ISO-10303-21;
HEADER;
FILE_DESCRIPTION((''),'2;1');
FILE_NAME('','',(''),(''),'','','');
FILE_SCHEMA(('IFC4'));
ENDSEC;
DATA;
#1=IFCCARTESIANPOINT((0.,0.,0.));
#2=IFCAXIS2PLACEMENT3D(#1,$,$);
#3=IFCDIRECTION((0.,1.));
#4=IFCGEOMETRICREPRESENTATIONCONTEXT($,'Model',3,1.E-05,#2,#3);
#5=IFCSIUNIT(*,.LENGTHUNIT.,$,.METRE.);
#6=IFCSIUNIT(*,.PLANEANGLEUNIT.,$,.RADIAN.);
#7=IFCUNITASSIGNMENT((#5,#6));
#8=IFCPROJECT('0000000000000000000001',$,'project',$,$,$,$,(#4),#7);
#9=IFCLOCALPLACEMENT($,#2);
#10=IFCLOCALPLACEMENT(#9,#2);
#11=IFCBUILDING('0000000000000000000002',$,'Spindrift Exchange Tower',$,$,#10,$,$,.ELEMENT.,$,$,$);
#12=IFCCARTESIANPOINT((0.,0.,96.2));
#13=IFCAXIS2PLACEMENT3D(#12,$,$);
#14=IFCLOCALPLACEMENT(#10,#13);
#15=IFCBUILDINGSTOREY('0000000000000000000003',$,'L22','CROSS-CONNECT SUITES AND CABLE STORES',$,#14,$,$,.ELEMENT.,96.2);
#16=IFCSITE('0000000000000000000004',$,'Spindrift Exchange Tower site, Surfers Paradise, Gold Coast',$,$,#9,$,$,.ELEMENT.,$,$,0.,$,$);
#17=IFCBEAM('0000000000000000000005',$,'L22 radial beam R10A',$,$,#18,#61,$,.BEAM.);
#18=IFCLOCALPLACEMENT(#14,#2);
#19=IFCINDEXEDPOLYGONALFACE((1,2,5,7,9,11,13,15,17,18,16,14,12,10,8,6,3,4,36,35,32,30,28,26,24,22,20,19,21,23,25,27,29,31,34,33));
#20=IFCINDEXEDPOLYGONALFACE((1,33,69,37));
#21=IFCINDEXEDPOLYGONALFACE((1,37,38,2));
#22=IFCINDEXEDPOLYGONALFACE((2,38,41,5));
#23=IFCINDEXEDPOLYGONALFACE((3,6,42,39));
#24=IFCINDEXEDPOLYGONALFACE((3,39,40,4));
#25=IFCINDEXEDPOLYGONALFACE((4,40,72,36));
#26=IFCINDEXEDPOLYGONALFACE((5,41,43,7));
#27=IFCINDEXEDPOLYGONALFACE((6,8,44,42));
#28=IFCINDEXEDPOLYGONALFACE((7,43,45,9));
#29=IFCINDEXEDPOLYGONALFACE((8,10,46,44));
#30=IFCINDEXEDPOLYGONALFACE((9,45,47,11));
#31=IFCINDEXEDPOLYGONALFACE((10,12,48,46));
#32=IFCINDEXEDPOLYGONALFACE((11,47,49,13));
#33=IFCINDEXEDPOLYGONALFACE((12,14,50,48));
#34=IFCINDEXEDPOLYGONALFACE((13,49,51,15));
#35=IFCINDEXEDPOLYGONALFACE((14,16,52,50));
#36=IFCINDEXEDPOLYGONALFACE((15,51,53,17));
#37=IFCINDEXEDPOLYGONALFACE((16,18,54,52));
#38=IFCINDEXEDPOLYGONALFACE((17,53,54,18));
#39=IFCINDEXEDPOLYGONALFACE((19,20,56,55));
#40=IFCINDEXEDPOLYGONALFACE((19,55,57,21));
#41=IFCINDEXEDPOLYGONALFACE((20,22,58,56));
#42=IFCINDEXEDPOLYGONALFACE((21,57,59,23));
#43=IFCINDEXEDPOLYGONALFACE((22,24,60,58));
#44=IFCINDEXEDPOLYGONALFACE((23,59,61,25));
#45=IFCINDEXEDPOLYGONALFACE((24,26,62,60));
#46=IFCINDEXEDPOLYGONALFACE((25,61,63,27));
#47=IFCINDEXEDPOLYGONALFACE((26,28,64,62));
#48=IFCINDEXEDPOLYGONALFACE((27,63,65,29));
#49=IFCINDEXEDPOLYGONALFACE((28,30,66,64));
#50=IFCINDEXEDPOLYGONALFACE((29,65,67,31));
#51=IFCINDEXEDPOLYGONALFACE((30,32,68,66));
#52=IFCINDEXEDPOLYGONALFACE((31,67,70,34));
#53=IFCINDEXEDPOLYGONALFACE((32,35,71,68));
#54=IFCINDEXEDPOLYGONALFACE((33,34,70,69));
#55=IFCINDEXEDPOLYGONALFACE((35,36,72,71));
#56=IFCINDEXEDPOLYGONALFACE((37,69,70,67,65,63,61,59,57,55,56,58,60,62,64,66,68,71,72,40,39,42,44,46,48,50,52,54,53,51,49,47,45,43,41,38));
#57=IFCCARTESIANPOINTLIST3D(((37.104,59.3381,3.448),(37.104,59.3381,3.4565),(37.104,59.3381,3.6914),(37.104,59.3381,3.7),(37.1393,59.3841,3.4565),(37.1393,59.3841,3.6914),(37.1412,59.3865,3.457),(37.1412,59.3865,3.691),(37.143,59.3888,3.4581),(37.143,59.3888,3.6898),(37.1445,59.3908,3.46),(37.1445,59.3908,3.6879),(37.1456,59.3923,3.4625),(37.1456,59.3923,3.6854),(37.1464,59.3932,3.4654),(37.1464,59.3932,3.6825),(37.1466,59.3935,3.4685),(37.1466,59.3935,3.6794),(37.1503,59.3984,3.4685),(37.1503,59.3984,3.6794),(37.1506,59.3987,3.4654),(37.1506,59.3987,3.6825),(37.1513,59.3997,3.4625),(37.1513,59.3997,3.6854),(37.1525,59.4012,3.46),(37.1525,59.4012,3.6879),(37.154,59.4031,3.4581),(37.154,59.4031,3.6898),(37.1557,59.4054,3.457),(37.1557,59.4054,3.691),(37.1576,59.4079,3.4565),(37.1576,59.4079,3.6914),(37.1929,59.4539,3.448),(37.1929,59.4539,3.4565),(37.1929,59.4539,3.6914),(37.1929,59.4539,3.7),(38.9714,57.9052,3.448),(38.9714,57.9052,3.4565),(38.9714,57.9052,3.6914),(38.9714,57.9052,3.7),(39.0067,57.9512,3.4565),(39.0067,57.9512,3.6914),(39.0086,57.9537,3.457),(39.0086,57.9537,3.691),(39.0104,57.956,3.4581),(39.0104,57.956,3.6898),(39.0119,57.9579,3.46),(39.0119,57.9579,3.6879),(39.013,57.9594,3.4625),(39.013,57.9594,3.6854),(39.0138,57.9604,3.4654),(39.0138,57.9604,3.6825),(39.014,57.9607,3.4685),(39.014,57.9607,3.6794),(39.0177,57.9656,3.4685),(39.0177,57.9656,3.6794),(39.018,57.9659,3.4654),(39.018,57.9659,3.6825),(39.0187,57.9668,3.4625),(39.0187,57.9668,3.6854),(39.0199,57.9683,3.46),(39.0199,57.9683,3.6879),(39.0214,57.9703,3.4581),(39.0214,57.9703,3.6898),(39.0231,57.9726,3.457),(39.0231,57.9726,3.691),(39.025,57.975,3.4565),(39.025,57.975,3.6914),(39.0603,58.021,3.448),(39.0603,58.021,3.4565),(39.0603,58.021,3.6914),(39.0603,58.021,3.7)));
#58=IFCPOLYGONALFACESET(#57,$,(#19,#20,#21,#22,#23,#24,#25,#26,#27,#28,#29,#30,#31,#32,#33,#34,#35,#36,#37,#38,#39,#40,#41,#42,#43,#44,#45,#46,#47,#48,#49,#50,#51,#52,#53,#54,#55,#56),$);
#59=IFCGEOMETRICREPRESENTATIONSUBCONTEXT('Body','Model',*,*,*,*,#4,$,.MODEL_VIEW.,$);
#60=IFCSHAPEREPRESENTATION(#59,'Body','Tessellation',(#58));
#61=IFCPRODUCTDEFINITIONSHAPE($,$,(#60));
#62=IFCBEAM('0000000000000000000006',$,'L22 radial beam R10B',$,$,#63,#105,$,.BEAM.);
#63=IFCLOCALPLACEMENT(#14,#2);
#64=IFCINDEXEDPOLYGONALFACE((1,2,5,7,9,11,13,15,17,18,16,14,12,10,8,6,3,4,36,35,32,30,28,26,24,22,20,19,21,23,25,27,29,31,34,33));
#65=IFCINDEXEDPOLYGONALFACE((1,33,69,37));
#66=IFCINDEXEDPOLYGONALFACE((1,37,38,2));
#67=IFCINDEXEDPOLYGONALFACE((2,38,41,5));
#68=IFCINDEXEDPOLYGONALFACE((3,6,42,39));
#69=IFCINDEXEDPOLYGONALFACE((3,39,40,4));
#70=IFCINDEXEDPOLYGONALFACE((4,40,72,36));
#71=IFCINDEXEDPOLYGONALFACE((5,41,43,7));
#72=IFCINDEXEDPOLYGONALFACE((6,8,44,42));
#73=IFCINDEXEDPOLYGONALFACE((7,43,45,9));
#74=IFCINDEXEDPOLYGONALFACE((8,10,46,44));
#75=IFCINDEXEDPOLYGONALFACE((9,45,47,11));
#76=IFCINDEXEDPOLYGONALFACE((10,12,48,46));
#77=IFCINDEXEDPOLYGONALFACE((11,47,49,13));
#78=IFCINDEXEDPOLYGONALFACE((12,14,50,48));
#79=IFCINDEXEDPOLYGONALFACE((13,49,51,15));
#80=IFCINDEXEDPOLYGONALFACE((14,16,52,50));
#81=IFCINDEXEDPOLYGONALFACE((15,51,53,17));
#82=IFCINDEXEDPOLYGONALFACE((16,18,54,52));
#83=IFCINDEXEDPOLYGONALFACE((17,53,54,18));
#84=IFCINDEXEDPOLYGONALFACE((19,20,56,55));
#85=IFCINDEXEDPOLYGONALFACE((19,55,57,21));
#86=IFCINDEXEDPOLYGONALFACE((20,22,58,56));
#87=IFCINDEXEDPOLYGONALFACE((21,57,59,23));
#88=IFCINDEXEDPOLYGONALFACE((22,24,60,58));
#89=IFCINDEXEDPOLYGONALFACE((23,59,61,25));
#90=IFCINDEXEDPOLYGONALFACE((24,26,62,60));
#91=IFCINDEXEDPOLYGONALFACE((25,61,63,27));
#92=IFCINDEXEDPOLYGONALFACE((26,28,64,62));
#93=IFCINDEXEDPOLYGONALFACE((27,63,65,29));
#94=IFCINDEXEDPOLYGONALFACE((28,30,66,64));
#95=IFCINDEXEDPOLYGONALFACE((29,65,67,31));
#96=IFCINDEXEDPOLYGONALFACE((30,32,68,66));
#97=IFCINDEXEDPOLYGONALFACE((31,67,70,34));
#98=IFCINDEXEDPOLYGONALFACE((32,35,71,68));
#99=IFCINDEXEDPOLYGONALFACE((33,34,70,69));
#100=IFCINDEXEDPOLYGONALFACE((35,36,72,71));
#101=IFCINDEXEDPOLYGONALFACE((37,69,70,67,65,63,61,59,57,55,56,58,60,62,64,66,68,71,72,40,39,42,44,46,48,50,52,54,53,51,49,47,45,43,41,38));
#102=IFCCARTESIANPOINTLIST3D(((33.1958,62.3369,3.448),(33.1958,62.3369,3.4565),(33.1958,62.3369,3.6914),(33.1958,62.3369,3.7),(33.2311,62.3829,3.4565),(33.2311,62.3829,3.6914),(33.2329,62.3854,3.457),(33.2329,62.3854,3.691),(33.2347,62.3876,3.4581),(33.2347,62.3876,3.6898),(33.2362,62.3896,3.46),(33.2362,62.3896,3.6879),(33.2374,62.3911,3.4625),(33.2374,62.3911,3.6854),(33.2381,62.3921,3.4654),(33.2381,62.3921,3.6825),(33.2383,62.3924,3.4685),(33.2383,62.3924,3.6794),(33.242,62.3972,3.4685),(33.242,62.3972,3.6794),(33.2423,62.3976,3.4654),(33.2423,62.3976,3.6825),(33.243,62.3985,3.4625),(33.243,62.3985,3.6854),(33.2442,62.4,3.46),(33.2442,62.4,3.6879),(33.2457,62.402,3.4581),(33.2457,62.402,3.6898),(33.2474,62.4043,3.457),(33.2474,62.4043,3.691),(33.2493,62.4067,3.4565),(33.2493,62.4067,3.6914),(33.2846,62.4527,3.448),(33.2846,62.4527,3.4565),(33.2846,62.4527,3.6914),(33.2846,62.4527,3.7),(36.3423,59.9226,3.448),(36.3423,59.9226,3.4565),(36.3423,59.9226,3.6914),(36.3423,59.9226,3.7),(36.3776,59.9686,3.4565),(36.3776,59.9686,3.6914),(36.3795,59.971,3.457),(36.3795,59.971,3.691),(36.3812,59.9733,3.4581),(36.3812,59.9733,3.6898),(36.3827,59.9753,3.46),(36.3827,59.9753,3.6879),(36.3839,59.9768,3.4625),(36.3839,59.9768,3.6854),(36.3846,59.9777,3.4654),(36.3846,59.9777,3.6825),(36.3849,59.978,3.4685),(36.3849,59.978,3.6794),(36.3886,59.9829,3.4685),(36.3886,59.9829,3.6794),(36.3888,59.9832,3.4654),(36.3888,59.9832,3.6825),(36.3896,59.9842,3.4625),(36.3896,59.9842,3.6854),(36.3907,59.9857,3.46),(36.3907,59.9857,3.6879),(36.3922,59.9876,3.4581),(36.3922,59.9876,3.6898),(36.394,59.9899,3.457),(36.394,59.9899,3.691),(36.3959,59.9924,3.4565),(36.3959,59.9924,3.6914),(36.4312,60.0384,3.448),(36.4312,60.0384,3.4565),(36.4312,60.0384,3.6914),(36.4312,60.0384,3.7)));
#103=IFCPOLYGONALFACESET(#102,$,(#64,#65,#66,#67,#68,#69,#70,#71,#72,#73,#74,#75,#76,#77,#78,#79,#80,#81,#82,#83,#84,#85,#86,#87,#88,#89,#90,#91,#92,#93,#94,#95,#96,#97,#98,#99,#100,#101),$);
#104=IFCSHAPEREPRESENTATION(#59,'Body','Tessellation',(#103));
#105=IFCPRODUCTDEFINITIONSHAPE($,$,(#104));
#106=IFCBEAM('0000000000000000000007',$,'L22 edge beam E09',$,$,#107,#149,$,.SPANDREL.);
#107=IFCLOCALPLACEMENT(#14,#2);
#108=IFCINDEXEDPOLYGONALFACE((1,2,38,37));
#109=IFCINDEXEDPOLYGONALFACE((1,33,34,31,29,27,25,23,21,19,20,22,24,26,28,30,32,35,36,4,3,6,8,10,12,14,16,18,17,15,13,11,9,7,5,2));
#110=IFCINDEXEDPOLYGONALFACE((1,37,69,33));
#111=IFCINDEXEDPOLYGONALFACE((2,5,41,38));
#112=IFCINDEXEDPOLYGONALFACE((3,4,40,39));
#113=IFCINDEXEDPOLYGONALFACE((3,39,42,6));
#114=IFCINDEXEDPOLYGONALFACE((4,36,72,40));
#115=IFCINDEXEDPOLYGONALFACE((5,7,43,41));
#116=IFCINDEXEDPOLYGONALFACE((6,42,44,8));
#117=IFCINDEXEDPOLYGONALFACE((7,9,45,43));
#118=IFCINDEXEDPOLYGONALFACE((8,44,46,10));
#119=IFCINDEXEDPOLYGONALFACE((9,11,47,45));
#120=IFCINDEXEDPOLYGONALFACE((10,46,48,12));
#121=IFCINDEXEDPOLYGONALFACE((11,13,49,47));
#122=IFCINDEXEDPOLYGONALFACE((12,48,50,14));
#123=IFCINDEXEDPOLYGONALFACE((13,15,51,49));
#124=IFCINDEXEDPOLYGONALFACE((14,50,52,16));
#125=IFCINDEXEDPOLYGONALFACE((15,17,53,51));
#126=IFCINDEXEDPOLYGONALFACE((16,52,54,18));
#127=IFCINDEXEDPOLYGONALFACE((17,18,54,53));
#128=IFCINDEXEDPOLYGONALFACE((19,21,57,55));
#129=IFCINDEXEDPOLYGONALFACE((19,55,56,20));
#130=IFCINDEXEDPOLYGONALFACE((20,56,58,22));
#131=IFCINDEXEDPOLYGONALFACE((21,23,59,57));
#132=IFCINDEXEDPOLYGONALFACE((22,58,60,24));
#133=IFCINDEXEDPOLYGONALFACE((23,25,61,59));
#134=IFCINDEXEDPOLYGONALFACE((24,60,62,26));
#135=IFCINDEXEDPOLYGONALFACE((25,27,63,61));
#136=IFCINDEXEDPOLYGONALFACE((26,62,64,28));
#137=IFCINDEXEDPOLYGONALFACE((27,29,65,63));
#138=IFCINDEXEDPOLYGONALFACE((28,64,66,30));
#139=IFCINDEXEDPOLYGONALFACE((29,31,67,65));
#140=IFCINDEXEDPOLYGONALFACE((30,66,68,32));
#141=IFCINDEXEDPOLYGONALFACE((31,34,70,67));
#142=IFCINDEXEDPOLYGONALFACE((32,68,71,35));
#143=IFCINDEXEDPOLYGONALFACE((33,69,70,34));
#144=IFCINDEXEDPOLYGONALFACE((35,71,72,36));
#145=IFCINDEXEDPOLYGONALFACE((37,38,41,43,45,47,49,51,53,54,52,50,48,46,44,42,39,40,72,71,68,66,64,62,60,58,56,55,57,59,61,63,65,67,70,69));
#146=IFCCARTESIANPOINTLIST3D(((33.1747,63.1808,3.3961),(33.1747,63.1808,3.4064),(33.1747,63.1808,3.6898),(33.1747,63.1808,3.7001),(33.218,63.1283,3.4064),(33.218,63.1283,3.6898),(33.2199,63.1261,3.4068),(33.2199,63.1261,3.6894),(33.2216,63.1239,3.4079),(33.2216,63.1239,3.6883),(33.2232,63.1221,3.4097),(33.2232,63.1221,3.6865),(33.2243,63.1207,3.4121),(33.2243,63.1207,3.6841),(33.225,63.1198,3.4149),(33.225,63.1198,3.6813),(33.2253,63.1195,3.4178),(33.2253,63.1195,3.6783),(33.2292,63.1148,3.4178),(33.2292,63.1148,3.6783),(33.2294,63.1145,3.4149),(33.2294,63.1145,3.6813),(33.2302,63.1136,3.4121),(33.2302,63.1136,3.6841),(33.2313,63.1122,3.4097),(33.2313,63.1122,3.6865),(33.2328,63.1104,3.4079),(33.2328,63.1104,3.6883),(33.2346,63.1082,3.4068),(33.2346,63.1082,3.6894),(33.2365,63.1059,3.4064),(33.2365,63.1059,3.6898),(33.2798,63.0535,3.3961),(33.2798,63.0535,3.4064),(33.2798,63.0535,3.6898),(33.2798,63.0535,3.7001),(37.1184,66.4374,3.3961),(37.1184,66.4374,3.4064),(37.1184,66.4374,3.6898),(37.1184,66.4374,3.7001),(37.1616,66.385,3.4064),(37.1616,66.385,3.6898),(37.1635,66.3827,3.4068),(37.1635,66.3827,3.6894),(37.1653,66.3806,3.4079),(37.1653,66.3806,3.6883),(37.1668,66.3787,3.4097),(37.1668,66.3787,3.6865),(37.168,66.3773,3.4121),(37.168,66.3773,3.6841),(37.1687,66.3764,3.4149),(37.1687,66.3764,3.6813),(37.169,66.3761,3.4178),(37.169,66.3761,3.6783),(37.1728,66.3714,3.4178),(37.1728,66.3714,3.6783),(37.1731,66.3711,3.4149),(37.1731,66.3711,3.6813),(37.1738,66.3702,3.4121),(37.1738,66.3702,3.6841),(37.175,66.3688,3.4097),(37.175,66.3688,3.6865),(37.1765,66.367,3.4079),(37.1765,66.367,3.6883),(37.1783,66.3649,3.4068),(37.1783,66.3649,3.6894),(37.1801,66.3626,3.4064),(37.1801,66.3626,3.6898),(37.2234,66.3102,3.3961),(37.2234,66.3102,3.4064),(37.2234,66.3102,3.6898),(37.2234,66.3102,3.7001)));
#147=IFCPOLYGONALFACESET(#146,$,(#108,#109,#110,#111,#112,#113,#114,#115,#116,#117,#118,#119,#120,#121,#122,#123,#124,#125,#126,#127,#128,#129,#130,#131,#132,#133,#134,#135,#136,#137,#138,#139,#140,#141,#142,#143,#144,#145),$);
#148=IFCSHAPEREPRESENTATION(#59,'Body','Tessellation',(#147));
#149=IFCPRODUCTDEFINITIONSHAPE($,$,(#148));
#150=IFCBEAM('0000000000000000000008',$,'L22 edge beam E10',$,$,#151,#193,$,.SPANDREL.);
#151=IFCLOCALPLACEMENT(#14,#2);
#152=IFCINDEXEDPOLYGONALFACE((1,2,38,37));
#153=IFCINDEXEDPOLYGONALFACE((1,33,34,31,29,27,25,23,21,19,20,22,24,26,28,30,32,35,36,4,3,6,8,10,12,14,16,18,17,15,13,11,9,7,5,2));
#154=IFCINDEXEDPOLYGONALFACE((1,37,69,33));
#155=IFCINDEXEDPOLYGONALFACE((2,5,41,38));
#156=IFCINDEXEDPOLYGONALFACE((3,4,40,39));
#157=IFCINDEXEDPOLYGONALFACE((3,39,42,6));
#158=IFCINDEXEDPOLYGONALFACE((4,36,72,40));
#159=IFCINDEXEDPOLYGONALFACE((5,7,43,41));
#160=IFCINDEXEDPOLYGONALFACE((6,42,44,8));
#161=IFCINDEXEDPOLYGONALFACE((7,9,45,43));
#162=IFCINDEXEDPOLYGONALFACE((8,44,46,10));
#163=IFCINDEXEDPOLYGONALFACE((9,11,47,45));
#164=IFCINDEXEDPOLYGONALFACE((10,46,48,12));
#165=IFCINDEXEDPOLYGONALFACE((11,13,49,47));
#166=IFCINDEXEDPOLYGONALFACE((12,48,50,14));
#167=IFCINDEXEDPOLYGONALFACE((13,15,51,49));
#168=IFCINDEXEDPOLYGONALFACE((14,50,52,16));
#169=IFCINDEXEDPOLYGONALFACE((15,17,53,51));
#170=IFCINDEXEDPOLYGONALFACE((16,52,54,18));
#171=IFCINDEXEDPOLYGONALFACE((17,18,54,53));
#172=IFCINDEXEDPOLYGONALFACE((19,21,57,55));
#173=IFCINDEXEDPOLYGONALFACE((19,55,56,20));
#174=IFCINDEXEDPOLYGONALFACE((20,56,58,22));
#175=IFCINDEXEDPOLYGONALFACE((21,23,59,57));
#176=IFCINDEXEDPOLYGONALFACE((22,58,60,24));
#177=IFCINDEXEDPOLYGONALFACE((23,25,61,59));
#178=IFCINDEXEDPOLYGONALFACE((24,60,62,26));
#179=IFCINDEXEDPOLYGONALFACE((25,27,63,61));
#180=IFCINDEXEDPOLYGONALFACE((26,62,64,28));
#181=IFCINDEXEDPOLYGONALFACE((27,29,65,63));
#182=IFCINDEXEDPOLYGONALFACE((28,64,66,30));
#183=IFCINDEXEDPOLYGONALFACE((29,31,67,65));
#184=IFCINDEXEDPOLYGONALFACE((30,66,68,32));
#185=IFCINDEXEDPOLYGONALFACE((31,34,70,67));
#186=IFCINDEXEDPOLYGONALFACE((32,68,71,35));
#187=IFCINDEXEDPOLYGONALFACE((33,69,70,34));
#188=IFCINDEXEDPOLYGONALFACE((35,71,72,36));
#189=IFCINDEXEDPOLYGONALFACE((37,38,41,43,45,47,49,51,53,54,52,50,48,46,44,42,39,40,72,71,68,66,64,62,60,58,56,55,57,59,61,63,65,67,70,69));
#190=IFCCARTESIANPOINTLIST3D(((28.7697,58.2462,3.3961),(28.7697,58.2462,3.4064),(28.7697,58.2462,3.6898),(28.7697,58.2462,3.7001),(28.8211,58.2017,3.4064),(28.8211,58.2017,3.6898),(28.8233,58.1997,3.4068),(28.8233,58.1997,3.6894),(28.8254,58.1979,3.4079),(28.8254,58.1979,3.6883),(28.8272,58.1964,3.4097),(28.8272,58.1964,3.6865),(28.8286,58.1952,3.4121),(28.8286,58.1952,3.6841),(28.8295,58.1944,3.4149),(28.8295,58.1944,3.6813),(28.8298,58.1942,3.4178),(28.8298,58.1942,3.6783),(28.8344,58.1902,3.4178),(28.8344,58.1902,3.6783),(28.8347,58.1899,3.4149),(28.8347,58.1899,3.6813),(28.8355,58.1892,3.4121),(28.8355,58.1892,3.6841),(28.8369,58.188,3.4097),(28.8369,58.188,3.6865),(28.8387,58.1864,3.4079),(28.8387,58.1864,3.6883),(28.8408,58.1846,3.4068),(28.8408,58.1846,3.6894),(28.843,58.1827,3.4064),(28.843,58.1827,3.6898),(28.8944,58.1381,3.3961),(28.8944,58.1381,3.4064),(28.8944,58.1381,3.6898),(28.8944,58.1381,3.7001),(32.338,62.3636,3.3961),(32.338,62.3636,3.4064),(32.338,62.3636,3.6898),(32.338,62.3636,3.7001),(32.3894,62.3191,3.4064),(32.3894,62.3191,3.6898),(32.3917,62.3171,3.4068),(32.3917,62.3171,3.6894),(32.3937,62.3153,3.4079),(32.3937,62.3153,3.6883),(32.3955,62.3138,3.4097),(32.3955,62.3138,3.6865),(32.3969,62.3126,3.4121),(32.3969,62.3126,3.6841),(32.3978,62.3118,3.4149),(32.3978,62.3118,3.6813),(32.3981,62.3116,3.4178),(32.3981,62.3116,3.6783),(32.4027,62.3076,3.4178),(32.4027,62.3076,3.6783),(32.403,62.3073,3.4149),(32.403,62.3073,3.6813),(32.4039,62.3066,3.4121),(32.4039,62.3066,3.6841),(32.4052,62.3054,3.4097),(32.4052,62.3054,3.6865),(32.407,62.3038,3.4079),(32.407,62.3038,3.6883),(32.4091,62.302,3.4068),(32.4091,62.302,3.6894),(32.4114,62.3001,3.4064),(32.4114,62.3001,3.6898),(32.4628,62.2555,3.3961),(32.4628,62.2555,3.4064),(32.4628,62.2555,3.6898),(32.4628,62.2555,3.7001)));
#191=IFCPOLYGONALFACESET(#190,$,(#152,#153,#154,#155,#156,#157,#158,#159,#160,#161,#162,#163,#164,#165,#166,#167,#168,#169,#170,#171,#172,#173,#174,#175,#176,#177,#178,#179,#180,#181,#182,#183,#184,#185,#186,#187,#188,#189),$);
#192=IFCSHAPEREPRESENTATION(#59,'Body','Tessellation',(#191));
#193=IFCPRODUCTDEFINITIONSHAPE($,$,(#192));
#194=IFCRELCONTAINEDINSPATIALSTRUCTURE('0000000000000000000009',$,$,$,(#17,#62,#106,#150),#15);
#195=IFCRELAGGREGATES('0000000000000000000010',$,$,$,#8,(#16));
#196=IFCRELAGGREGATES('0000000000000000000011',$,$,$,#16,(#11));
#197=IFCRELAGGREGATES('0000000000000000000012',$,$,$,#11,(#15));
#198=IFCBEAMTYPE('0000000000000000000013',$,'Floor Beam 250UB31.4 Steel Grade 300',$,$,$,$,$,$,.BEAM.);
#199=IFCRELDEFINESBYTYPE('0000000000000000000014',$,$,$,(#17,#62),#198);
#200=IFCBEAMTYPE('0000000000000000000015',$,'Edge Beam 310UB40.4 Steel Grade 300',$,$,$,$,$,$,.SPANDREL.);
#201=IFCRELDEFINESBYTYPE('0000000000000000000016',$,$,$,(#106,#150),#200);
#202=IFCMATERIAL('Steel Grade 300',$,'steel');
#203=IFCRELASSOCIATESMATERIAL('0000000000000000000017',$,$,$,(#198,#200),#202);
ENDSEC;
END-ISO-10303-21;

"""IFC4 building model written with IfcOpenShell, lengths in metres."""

from ifc_helpers import new_model, si_unit, direction, frame, origin, origin_2d, place, context, subcontext, project, spatial, i_section, extrude, source, transform, mapped, material, material_profile, profile_set, type_object, element, save


model = new_model("IFC4")

# Units and contexts
model_context = context("Model", 3, precision=1e-05, world=origin(), true_north=direction((0.0, 1.0)))
body_context = subcontext(model_context, "Body", "Model", "MODEL_VIEW")
ifc_project = project(units=[si_unit("LENGTHUNIT", "METRE"), si_unit("PLANEANGLEUNIT", "RADIAN")], contexts=[model_context])

# Site, building, storey
site_placement = place(None, origin())
site = spatial("IfcSite", under=ifc_project, at=site_placement, Name="Spindrift Exchange Tower site, Surfers Paradise, Gold Coast", CompositionType="ELEMENT", RefElevation=0.0)
building_placement = place(site_placement, origin())
building = spatial("IfcBuilding", under=site, at=building_placement, Name="Spindrift Exchange Tower", CompositionType="ELEMENT")
storey_placement = place(building_placement, frame((0.0, 0.0, 96.2)))
storey = spatial("IfcBuildingStorey", under=building, at=storey_placement, Name="L22", Description="CROSS-CONNECT SUITES AND CABLE STORES", CompositionType="ELEMENT", Elevation=96.2)

# Beams
ifc_material_1 = material(Name="Steel Grade 300", Category="steel")
ifc_material_profile_1 = material_profile(ifc_material_1, i_section(OverallWidth=0.146, OverallDepth=0.252, WebThickness=0.0061, FlangeThickness=0.0085, FilletRadius=0.012, at=origin_2d()), Name="250UB31.4")
ifc_profile_set_1 = profile_set([ifc_material_profile_1], Name="Steel Grade 300")
beam_type_1 = type_object("IfcBeamType", Name="Floor Beam 250UB31.4 Steel Grade 300", PredefinedType="BEAM", material=ifc_profile_set_1)
shared_shape_1 = source(origin(), body_context, "Body", "SweptSolid", [
    extrude(i_section(OverallWidth=0.146, OverallDepth=0.252, WebThickness=0.0061, FlangeThickness=0.0085, FilletRadius=0.012, at=origin_2d()), origin(), (0.0, 0.0, 1.0), 2.3538),
])
beam_1_placement = place(storey_placement, frame((39.0159, 57.9631, 3.574), z_axis=(-0.793368, 0.608743, 0.0), x_axis=(-0.608743, -0.793368, 0.0)))
element("IfcBeam", 1, at=beam_1_placement, inside=storey, type_object=beam_type_1, Name="L22 radial beam R10A", PredefinedType="BEAM", context=body_context, shape_type="MappedRepresentation", body=[
    mapped(shared_shape_1, transform((0.0, 0.0, 0.0), scale=1.0)),
])
shared_shape_2 = source(origin(), body_context, "Body", "SweptSolid", [
    extrude(i_section(OverallWidth=0.146, OverallDepth=0.252, WebThickness=0.0061, FlangeThickness=0.0085, FilletRadius=0.012, at=origin_2d()), origin(), (0.0, 0.0, 1.0), 3.9661),
])
beam_2_placement = place(storey_placement, frame((36.3867, 59.9805, 3.574), z_axis=(-0.793363, 0.608749, 0.0), x_axis=(-0.608749, -0.793363, 0.0)))
element("IfcBeam", 2, at=beam_2_placement, inside=storey, type_object=beam_type_1, Name="L22 radial beam R10B", PredefinedType="BEAM", context=body_context, shape_type="MappedRepresentation", body=[
    mapped(shared_shape_2, transform((0.0, 0.0, 0.0), scale=1.0)),
])
ifc_material_profile_2 = material_profile(ifc_material_1, i_section(OverallWidth=0.165, OverallDepth=0.304, WebThickness=0.0061, FlangeThickness=0.0103, FilletRadius=0.0115, at=origin_2d()), Name="310UB40.4")
ifc_profile_set_2 = profile_set([ifc_material_profile_2], Name="Steel Grade 300")
beam_type_2 = type_object("IfcBeamType", Name="Edge Beam 310UB40.4 Steel Grade 300", PredefinedType="SPANDREL", material=ifc_profile_set_2)
shared_shape_3 = source(origin(), body_context, "Body", "SweptSolid", [
    extrude(i_section(OverallWidth=0.165, OverallDepth=0.304, WebThickness=0.0061, FlangeThickness=0.0103, FilletRadius=0.0115, at=origin_2d()), origin(), (0.0, 0.0, 1.0), 5.1145),
])
beam_3_placement = place(storey_placement, frame((37.1709, 66.3738, 3.5481), z_axis=(-0.771074, -0.636746, 0.0), x_axis=(0.636746, -0.771074, 0.0)))
element("IfcBeam", 3, at=beam_3_placement, inside=storey, type_object=beam_type_2, Name="L22 edge beam E09", PredefinedType="SPANDREL", context=body_context, shape_type="MappedRepresentation", body=[
    mapped(shared_shape_3, transform((0.0, 0.0, 0.0), scale=1.0)),
])
shared_shape_4 = source(origin(), body_context, "Body", "SweptSolid", [
    extrude(i_section(OverallWidth=0.165, OverallDepth=0.304, WebThickness=0.0061, FlangeThickness=0.0103, FilletRadius=0.0115, at=origin_2d()), origin(), (0.0, 0.0, 1.0), 5.4485),
])
beam_4_placement = place(storey_placement, frame((32.4004, 62.3096, 3.5481), z_axis=(-0.654922, -0.755696, 0.0), x_axis=(0.755696, -0.654922, 0.0)))
element("IfcBeam", 4, at=beam_4_placement, inside=storey, type_object=beam_type_2, Name="L22 edge beam E10", PredefinedType="SPANDREL", context=body_context, shape_type="MappedRepresentation", body=[
    mapped(shared_shape_4, transform((0.0, 0.0, 0.0), scale=1.0)),
])

save(model, "model.ifc")
